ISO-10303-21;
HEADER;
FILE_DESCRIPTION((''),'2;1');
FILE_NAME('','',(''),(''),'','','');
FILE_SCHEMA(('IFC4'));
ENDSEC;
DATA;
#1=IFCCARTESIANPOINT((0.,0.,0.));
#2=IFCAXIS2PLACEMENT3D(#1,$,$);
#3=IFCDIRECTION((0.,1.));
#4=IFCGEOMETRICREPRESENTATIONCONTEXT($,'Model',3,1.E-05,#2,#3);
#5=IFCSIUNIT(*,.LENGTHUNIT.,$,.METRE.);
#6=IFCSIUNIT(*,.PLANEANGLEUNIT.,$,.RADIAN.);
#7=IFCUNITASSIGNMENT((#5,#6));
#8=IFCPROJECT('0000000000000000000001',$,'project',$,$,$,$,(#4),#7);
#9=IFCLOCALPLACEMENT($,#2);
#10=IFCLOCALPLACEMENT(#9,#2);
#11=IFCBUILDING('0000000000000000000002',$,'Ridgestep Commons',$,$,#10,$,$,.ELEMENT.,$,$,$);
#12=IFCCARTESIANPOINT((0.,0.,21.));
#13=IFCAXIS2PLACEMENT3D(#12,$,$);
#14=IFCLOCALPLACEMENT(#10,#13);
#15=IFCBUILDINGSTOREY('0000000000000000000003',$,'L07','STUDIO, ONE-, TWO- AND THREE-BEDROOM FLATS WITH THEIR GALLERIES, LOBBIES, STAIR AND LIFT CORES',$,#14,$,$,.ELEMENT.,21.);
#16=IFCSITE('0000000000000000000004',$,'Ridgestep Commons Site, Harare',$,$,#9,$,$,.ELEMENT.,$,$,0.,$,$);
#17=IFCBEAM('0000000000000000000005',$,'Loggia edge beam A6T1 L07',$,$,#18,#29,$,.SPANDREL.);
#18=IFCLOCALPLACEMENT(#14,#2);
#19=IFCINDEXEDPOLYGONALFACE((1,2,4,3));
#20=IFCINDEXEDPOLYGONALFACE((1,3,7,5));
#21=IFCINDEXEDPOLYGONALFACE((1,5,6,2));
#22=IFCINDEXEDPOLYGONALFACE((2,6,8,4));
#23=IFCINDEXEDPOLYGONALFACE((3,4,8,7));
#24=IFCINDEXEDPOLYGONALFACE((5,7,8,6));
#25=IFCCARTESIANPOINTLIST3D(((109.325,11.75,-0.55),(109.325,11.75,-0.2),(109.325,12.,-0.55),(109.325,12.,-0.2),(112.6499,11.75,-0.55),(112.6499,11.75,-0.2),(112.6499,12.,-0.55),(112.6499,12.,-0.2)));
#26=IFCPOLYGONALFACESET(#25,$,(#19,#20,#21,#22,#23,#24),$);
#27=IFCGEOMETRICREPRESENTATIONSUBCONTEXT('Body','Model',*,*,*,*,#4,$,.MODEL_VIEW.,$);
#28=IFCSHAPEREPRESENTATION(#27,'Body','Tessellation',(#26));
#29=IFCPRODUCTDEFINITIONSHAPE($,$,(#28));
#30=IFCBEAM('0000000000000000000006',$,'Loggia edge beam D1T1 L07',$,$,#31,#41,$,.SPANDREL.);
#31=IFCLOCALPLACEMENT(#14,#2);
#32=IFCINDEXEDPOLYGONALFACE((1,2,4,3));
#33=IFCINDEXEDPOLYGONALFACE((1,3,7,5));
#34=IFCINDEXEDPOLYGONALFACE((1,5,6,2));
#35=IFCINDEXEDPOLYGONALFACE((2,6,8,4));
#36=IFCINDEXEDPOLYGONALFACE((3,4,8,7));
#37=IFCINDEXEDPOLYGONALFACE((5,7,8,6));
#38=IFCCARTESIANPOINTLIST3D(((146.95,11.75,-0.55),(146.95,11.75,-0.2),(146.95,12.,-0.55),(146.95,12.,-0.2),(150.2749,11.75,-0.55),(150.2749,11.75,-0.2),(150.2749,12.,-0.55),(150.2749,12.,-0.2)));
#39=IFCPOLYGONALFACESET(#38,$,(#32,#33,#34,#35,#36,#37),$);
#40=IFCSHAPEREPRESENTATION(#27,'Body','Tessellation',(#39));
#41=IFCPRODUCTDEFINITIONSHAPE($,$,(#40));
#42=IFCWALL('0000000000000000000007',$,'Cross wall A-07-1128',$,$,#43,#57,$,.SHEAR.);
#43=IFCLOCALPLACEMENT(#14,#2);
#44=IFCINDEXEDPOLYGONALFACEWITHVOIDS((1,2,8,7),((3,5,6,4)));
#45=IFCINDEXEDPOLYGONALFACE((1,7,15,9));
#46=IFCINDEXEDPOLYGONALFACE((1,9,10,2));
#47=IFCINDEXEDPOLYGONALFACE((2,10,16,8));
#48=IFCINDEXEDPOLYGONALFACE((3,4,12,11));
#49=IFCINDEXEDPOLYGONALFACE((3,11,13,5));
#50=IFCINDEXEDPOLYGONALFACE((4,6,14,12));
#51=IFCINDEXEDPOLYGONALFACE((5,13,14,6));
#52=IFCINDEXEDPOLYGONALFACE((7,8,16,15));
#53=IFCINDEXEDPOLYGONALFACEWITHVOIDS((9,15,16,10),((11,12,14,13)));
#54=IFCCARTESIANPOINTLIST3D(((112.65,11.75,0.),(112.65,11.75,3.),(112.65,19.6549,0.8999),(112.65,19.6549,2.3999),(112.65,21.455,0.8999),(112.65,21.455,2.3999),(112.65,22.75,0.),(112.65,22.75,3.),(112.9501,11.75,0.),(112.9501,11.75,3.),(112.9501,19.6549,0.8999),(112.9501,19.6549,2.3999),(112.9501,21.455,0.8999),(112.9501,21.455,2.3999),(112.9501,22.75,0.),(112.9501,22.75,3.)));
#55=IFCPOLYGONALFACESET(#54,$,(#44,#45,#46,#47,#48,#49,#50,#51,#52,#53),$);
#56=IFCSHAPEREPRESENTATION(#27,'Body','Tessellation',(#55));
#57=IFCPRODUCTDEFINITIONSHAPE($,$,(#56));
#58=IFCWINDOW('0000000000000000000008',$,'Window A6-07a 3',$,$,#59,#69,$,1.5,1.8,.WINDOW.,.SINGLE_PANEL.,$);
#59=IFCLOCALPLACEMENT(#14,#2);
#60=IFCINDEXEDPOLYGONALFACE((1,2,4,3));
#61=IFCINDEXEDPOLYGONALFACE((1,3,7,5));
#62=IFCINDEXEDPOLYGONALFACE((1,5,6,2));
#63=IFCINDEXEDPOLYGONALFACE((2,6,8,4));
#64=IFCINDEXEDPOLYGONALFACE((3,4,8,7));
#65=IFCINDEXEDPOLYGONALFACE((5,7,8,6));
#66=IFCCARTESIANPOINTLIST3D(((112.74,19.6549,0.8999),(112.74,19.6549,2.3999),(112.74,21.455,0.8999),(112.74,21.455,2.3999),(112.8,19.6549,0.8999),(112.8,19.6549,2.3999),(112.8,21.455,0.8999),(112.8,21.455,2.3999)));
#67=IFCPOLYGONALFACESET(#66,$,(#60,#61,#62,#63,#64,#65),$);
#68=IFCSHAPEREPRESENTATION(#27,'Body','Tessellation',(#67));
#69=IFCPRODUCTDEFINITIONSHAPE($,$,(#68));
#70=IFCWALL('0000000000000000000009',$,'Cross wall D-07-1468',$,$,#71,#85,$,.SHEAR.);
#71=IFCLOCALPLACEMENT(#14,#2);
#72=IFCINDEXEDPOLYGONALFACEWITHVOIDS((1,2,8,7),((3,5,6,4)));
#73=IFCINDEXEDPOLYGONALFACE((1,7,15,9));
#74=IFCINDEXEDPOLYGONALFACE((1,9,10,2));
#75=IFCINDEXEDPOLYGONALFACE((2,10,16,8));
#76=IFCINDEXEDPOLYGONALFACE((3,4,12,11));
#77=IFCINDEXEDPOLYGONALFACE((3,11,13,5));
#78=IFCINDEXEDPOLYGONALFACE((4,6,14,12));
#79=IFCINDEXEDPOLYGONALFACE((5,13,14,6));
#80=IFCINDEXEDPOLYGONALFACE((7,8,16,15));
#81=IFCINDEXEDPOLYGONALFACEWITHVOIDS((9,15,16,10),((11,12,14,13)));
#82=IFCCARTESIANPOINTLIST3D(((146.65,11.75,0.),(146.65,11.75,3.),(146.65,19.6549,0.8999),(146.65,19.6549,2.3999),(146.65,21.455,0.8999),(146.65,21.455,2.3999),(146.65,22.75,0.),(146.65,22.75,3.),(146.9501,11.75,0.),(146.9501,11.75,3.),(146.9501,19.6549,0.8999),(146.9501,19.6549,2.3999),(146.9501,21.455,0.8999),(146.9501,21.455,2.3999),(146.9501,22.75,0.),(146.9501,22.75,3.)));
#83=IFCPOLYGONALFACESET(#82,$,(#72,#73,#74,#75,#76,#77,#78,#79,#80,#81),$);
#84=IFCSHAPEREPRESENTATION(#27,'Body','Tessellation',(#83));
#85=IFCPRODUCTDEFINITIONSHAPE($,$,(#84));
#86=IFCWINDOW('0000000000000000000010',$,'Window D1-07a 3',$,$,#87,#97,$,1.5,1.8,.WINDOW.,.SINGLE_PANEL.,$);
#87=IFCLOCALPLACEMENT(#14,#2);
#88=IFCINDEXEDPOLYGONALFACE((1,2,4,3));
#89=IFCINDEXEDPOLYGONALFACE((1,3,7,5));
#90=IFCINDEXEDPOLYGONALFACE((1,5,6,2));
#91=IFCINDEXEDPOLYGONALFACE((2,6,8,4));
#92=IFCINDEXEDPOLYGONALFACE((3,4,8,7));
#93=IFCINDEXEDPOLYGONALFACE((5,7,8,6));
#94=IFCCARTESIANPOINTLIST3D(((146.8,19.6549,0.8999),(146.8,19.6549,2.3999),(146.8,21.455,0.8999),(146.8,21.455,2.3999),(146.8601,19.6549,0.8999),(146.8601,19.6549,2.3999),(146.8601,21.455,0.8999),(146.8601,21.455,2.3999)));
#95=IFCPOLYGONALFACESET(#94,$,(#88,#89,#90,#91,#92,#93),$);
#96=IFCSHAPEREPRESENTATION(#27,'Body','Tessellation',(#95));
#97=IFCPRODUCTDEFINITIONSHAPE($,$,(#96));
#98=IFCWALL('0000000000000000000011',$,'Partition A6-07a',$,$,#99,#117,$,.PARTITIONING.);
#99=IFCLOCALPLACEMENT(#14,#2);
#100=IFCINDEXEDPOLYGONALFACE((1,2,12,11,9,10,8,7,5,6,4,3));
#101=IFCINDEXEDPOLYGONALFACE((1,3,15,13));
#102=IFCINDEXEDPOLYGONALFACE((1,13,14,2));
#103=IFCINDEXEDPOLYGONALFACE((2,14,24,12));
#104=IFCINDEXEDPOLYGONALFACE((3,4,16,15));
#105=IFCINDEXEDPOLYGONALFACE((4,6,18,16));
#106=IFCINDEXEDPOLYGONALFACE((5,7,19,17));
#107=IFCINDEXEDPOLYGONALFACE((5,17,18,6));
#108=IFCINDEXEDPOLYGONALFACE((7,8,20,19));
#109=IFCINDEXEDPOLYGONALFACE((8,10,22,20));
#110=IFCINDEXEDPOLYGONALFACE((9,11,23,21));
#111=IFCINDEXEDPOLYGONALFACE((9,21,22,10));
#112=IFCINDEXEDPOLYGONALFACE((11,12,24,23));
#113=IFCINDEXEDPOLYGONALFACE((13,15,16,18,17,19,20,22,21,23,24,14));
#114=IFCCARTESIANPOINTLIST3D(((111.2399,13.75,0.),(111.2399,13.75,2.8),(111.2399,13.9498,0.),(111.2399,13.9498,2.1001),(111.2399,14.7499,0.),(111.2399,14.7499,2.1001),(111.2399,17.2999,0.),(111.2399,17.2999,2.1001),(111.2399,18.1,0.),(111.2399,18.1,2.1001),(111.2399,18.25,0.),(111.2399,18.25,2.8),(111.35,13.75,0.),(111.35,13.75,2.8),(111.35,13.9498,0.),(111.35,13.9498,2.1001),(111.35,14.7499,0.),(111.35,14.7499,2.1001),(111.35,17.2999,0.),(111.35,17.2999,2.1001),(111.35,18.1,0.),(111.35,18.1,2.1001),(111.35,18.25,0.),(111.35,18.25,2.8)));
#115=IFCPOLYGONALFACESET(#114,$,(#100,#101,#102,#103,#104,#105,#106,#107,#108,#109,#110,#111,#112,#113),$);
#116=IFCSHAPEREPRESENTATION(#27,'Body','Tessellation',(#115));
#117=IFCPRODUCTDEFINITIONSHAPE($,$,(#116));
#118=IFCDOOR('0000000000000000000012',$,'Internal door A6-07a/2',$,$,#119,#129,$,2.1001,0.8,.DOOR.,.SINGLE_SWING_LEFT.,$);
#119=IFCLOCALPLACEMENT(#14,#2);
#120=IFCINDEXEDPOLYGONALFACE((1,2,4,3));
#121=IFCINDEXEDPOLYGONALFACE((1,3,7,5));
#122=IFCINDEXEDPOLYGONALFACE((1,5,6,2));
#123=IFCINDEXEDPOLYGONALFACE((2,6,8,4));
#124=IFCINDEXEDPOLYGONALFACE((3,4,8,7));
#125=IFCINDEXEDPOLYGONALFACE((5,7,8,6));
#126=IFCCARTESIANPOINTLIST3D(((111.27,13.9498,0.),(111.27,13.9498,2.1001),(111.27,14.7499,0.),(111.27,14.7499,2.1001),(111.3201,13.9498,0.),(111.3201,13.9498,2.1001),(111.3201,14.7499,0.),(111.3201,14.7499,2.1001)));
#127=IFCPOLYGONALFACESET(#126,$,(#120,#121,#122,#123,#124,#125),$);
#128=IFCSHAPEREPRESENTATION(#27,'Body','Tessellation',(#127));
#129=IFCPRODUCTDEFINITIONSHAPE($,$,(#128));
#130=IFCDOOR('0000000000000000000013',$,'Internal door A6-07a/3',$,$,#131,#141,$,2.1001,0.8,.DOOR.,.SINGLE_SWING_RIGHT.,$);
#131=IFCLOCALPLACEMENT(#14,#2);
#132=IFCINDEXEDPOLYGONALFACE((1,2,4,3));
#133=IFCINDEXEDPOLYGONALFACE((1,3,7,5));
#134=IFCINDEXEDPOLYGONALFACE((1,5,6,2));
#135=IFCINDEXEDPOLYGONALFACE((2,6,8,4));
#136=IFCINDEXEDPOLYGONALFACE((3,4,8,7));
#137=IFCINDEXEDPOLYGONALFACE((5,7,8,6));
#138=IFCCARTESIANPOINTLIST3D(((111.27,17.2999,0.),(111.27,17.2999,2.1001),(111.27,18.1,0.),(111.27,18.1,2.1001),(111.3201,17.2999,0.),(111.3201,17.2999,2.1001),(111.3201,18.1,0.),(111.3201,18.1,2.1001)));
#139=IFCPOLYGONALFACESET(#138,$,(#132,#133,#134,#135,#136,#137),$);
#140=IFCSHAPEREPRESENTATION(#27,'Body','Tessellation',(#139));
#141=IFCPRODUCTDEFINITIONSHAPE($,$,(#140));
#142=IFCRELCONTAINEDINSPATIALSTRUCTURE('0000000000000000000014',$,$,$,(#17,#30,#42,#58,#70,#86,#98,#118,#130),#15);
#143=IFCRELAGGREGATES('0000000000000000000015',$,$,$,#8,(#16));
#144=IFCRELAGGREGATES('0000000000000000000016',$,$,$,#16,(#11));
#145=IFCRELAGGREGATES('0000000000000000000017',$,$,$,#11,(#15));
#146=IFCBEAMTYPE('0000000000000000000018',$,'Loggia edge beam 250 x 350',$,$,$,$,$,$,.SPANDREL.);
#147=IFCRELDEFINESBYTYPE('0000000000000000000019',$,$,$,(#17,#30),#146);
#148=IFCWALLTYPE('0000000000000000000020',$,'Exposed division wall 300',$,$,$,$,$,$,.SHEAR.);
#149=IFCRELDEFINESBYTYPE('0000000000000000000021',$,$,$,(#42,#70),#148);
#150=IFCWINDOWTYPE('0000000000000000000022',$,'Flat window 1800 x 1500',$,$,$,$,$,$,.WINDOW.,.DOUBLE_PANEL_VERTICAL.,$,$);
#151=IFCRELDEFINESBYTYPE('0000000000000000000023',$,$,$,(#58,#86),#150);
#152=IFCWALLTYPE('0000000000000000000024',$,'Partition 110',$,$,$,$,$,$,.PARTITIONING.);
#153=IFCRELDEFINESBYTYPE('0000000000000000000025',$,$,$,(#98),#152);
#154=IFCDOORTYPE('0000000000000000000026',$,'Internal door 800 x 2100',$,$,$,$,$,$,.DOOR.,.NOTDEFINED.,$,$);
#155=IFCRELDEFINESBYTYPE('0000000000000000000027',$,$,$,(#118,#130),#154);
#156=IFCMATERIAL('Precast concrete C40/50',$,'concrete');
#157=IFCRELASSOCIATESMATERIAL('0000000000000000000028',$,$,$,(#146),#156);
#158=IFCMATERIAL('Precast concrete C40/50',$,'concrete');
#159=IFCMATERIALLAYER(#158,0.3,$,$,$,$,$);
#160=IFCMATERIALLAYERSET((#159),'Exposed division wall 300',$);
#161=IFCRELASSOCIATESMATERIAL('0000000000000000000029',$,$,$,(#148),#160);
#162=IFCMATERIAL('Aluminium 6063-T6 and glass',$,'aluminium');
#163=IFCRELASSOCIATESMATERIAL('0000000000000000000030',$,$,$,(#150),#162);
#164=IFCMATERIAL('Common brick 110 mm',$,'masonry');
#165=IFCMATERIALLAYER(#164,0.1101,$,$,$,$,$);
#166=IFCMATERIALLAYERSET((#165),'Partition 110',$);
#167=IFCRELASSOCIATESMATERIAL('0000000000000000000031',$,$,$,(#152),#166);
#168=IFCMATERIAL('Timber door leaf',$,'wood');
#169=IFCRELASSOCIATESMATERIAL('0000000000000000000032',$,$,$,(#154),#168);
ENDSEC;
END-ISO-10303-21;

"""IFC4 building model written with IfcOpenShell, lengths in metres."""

from ifc_helpers import new_model, si_unit, direction, frame, frame_2d, origin, origin_2d, place, context, subcontext, project, spatial, rectangle, extrude, material, layer, layer_set, material_profile, profile_set, type_object, element, fill, save


model = new_model("IFC4")

# Units and contexts
model_context = context("Model", 3, precision=1e-05, world=origin(), true_north=direction((0.0, 1.0)))
body_context = subcontext(model_context, "Body", "Model", "MODEL_VIEW")
ifc_project = project(units=[si_unit("LENGTHUNIT", "METRE"), si_unit("PLANEANGLEUNIT", "RADIAN")], contexts=[model_context])

# Site, building, storey
site_placement = place(None, origin())
site = spatial("IfcSite", under=ifc_project, at=site_placement, Name="Ridgestep Commons Site, Harare", CompositionType="ELEMENT", RefElevation=0.0)
building_placement = place(site_placement, origin())
building = spatial("IfcBuilding", under=site, at=building_placement, Name="Ridgestep Commons", CompositionType="ELEMENT")
storey_placement = place(building_placement, frame((0.0, 0.0, 21.0)))
storey = spatial("IfcBuildingStorey", under=building, at=storey_placement, Name="L07", Description="STUDIO, ONE-, TWO- AND THREE-BEDROOM FLATS WITH THEIR GALLERIES, LOBBIES, STAIR AND LIFT CORES", CompositionType="ELEMENT", Elevation=21.0)

# Beams
ifc_material_1 = material(Name="Precast concrete C40/50", Category="concrete")
ifc_material_profile = material_profile(ifc_material_1, rectangle(XDim=0.25, YDim=0.3501, at=origin_2d()), Name="PC 250x350")
ifc_profile_set = profile_set([ifc_material_profile], Name="Precast concrete C40/50")
beam_type = type_object("IfcBeamType", Name="Loggia edge beam 250 x 350", PredefinedType="SPANDREL", material=ifc_profile_set)
for number, where, z_axis, x_axis, name in (
    (1, (109.325, 11.875, -0.375), (1.0, 0.0, 0.0), (0.0, 1.0, 0.0), "Loggia edge beam A6T1 L07"),
    (2, (146.95, 11.875, -0.375), (1.0, 0.0, 0.0), (0.0, 1.0, 0.0), "Loggia edge beam D1T1 L07"),
):
    element("IfcBeam", number, at=place(storey_placement, frame(where, z_axis=z_axis, x_axis=x_axis)), inside=storey, type_object=beam_type, Name=name, PredefinedType="SPANDREL", context=body_context, shape_type="SweptSolid", body=[
        extrude(rectangle(XDim=0.25, YDim=0.3501, at=origin_2d()), origin(), (0.0, 0.0, 1.0), 3.325),
    ])

# Walls, openings, windows
ifc_material_2 = material(Name="Precast concrete C40/50", Category="concrete")
ifc_layer_1 = layer(ifc_material_2, 0.3)
ifc_layer_set_1 = layer_set([ifc_layer_1], Name="Exposed division wall 300")
wall_type_1 = type_object("IfcWallType", Name="Exposed division wall 300", PredefinedType="SHEAR", material=ifc_layer_set_1)
wall_1_placement = place(storey_placement, frame((112.8, 11.75, 0.0), z_axis=(0.0, 0.0, 1.0), x_axis=(0.0, 1.0, 0.0)))
wall_1 = element("IfcWall", 3, at=wall_1_placement, inside=storey, type_object=wall_type_1, Name="Cross wall A-07-1128", PredefinedType="SHEAR", context=body_context, shape_type="SweptSolid", body=[
    extrude(rectangle(XDim=11.0, YDim=0.3, at=frame_2d((5.5, 0.0))), origin(), (0.0, 0.0, 1.0), 3.0),
])
opening_1_placement = place(wall_1_placement, frame((7.905, 0.0, 0.8999)))
opening_1 = element("IfcOpeningElement", 4, at=opening_1_placement, cuts=wall_1, PredefinedType="OPENING", context=body_context, shape_type="SweptSolid", body=[
    extrude(rectangle(XDim=1.8, YDim=1.5, at=frame_2d((0.8999, 0.75))), frame((0.0, 0.1599, 0.0), z_axis=(0.0, -1.0, 0.0), x_axis=(1.0, 0.0, 0.0)), (0.0, 0.0, 1.0), 0.3201),
])
ifc_material_3 = material(Name="Aluminium 6063-T6 and glass", Category="aluminium")
window_type_1 = type_object("IfcWindowType", Name="Flat window 1800 x 1500", PartitioningType="DOUBLE_PANEL_VERTICAL", PredefinedType="WINDOW", material=ifc_material_3)
window_1_placement = place(opening_1_placement, origin())
window_1 = element("IfcWindow", 5, at=window_1_placement, inside=storey, type_object=window_type_1, Name="Window A6-07a 3", OverallHeight=1.5, OverallWidth=1.8, PartitioningType="SINGLE_PANEL", PredefinedType="WINDOW", context=body_context, shape_type="SweptSolid", body=[
    extrude(rectangle(XDim=1.8, YDim=1.5, at=frame_2d((0.8999, 0.75))), frame((0.0, 0.0601, 0.0), z_axis=(0.0, -1.0, 0.0), x_axis=(1.0, 0.0, 0.0)), (0.0, 0.0, 1.0), 0.0601),
])
fill(opening_1, window_1)
wall_2_placement = place(storey_placement, frame((146.8, 11.75, 0.0), z_axis=(0.0, 0.0, 1.0), x_axis=(0.0, 1.0, 0.0)))
wall_2 = element("IfcWall", 6, at=wall_2_placement, inside=storey, type_object=wall_type_1, Name="Cross wall D-07-1468", PredefinedType="SHEAR", context=body_context, shape_type="SweptSolid", body=[
    extrude(rectangle(XDim=11.0, YDim=0.3, at=frame_2d((5.5, 0.0))), origin(), (0.0, 0.0, 1.0), 3.0),
])
opening_2_placement = place(wall_2_placement, frame((7.905, 0.0, 0.8999)))
opening_2 = element("IfcOpeningElement", 7, at=opening_2_placement, cuts=wall_2, PredefinedType="OPENING", context=body_context, shape_type="SweptSolid", body=[
    extrude(rectangle(XDim=1.8, YDim=1.5, at=frame_2d((0.8999, 0.75))), frame((0.0, 0.1599, 0.0), z_axis=(0.0, -1.0, 0.0), x_axis=(1.0, 0.0, 0.0)), (0.0, 0.0, 1.0), 0.3201),
])
window_2_placement = place(opening_2_placement, origin())
window_2 = element("IfcWindow", 8, at=window_2_placement, inside=storey, type_object=window_type_1, Name="Window D1-07a 3", OverallHeight=1.5, OverallWidth=1.8, PartitioningType="SINGLE_PANEL", PredefinedType="WINDOW", context=body_context, shape_type="SweptSolid", body=[
    extrude(rectangle(XDim=1.8, YDim=1.5, at=frame_2d((0.8999, 0.75))), frame((0.0, 0.0, 0.0), z_axis=(0.0, -1.0, 0.0), x_axis=(1.0, 0.0, 0.0)), (0.0, 0.0, 1.0), 0.0601),
])
fill(opening_2, window_2)

# Wall, openings, doors
ifc_material_4 = material(Name="Common brick 110 mm", Category="masonry")
ifc_layer_2 = layer(ifc_material_4, 0.1101)
ifc_layer_set_2 = layer_set([ifc_layer_2], Name="Partition 110")
wall_type_2 = type_object("IfcWallType", Name="Partition 110", PredefinedType="PARTITIONING", material=ifc_layer_set_2)
wall_3_placement = place(storey_placement, frame((111.2949, 13.75, 0.0), z_axis=(0.0, 0.0, 1.0), x_axis=(0.0, 1.0, 0.0)))
wall_3 = element("IfcWall", 9, at=wall_3_placement, inside=storey, type_object=wall_type_2, Name="Partition A6-07a", PredefinedType="PARTITIONING", context=body_context, shape_type="SweptSolid", body=[
    extrude(rectangle(XDim=4.5, YDim=0.1101, at=frame_2d((2.25, 0.0))), origin(), (0.0, 0.0, 1.0), 2.8),
])
opening_3_placement = place(wall_3_placement, frame((0.2, 0.0, 0.0)))
opening_3 = element("IfcOpeningElement", 10, at=opening_3_placement, cuts=wall_3, PredefinedType="OPENING", context=body_context, shape_type="SweptSolid", body=[
    extrude(rectangle(XDim=0.8, YDim=2.1001, at=frame_2d((0.3999, 1.05))), frame((0.0, 0.0649, 0.0), z_axis=(0.0, -1.0, 0.0), x_axis=(1.0, 0.0, 0.0)), (0.0, 0.0, 1.0), 0.1301),
])
opening_4_placement = place(wall_3_placement, frame((3.55, 0.0, 0.0)))
opening_4 = element("IfcOpeningElement", 11, at=opening_4_placement, cuts=wall_3, PredefinedType="OPENING", context=body_context, shape_type="SweptSolid", body=[
    extrude(rectangle(XDim=0.8, YDim=2.1001, at=frame_2d((0.3999, 1.05))), frame((0.0, 0.0649, 0.0), z_axis=(0.0, -1.0, 0.0), x_axis=(1.0, 0.0, 0.0)), (0.0, 0.0, 1.0), 0.1301),
])
ifc_material_5 = material(Name="Timber door leaf", Category="wood")
door_type_1 = type_object("IfcDoorType", Name="Internal door 800 x 2100", OperationType="NOTDEFINED", PredefinedType="DOOR", material=ifc_material_5)
door_1_placement = place(opening_3_placement, origin())
door_1 = element("IfcDoor", 12, at=door_1_placement, inside=storey, type_object=door_type_1, Name="Internal door A6-07a/2", OperationType="SINGLE_SWING_LEFT", OverallHeight=2.1001, OverallWidth=0.8, PredefinedType="DOOR", context=body_context, shape_type="SweptSolid", body=[
    extrude(rectangle(XDim=0.8, YDim=2.1001, at=frame_2d((0.3999, 1.05))), frame((0.0, 0.0249, 0.0), z_axis=(0.0, -1.0, 0.0), x_axis=(1.0, 0.0, 0.0)), (0.0, 0.0, 1.0), 0.05),
])
fill(opening_3, door_1)
door_2_placement = place(opening_4_placement, origin())
door_2 = element("IfcDoor", 13, at=door_2_placement, inside=storey, type_object=door_type_1, Name="Internal door A6-07a/3", OperationType="SINGLE_SWING_RIGHT", OverallHeight=2.1001, OverallWidth=0.8, PredefinedType="DOOR", context=body_context, shape_type="SweptSolid", body=[
    extrude(rectangle(XDim=0.8, YDim=2.1001, at=frame_2d((0.3999, 1.05))), frame((0.0, 0.0249, 0.0), z_axis=(0.0, -1.0, 0.0), x_axis=(1.0, 0.0, 0.0)), (0.0, 0.0, 1.0), 0.05),
])
fill(opening_4, door_2)

save(model, "model.ifc")
